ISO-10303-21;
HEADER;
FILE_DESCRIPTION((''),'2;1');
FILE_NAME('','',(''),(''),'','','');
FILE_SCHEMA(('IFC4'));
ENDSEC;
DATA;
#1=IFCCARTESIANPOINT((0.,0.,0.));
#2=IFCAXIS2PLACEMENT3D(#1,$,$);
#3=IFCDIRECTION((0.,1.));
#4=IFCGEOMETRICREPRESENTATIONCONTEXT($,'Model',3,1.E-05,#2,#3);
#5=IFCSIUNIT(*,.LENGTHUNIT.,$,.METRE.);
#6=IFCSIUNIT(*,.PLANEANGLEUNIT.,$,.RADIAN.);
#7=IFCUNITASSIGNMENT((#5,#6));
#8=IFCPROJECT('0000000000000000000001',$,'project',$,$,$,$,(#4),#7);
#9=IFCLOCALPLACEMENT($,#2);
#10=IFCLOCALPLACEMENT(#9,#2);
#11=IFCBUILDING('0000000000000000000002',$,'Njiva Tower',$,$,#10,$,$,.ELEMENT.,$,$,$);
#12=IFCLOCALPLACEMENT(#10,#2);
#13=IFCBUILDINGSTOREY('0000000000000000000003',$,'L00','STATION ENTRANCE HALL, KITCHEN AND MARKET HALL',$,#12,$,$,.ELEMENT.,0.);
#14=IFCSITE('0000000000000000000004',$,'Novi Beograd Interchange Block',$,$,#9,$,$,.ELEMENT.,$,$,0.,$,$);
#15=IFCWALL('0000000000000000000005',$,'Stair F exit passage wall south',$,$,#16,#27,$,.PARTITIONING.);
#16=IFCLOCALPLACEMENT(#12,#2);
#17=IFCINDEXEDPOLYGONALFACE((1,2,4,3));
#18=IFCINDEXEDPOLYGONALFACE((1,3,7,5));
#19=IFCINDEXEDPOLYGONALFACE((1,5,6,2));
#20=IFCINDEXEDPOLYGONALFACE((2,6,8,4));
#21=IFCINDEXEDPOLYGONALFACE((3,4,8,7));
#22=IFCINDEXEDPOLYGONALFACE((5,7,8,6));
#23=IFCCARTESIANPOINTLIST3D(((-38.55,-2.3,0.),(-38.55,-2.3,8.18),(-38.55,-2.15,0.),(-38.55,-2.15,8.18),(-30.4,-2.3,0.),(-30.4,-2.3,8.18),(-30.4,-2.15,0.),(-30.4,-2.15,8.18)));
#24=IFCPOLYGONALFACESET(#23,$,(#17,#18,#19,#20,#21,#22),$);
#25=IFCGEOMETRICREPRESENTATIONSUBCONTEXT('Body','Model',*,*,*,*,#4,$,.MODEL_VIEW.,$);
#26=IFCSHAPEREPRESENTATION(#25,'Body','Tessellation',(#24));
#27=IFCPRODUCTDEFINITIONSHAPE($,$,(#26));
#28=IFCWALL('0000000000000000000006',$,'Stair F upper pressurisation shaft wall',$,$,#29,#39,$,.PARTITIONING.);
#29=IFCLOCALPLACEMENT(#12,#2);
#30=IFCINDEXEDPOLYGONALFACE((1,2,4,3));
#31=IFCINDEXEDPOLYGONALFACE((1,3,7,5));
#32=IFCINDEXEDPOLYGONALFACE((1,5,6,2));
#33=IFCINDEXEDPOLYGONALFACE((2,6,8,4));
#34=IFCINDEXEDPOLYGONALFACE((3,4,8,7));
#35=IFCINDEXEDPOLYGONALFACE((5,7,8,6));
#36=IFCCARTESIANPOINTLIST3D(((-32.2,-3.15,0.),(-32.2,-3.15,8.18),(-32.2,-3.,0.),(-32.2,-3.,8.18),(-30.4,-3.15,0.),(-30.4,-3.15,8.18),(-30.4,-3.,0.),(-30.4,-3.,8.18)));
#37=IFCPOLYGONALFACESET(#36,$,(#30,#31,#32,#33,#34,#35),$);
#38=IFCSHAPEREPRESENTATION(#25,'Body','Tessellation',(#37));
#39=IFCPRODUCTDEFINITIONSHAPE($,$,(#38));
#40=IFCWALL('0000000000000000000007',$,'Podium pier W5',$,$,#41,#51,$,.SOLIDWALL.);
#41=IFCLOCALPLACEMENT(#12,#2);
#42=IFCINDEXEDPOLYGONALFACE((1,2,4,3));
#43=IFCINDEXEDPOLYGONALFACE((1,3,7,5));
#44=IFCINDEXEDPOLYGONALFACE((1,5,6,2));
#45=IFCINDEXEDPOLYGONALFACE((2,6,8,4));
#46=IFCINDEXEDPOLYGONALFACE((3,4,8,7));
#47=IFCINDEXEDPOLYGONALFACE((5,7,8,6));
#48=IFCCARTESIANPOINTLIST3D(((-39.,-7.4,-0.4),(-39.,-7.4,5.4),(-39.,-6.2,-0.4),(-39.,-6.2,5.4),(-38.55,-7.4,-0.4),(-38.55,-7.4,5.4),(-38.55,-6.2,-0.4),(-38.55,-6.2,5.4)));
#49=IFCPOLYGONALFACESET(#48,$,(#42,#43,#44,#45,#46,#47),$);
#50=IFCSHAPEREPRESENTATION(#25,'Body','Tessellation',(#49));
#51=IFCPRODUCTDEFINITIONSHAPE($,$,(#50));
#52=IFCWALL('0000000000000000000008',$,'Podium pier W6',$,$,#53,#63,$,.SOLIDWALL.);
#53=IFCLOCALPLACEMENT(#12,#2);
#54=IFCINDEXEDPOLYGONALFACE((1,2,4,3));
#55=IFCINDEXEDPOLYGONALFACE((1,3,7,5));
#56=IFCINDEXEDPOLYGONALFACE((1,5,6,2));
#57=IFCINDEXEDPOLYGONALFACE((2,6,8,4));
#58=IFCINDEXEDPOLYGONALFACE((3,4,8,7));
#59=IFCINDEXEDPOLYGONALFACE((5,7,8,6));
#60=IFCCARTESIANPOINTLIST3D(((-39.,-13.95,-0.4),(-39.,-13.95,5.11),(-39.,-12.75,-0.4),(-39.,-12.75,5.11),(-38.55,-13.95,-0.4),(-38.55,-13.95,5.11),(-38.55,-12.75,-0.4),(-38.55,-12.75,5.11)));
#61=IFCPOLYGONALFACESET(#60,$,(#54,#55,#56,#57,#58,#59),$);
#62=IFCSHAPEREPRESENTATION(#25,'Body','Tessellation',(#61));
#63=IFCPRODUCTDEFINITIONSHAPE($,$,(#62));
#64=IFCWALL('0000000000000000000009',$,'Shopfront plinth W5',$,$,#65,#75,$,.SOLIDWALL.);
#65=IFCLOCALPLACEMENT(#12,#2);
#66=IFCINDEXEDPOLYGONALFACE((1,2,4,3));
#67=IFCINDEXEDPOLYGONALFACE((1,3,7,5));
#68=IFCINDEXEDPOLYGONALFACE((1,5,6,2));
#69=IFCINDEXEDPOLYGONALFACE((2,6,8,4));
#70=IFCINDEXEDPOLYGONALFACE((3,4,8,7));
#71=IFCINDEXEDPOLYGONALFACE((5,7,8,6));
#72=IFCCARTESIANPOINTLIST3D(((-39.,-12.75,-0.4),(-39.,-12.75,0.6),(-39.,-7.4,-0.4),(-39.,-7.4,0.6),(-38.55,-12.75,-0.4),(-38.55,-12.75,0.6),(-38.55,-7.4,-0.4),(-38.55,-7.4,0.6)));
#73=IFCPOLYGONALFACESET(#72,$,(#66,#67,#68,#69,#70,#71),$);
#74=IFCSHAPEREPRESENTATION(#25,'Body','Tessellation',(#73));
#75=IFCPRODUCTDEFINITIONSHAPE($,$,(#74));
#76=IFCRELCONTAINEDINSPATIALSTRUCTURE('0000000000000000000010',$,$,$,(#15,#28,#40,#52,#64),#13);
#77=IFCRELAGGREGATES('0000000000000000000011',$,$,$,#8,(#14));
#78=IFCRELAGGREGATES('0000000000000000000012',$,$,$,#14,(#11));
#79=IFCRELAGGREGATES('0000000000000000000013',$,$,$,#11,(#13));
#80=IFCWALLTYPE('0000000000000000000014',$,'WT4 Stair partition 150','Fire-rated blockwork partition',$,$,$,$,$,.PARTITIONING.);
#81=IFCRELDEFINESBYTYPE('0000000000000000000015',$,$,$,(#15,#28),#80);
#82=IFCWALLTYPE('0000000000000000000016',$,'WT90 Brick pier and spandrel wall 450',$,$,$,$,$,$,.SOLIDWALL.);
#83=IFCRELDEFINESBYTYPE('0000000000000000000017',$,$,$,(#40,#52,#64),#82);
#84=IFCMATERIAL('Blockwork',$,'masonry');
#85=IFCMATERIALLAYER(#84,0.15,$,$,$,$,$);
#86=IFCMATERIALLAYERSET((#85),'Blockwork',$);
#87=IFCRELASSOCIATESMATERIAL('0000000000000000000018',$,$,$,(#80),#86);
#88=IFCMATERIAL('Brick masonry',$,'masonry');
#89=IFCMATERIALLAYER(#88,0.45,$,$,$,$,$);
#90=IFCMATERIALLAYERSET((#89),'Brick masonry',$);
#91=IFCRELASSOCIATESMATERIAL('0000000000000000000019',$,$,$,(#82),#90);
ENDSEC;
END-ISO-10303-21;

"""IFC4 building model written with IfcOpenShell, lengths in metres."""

from ifc_helpers import new_model, si_unit, direction, frame, frame_2d, origin, place, context, subcontext, project, spatial, polyline, rectangle, outline, extrude, material, layer, layer_set, type_object, element, save


model = new_model("IFC4")

# Units and contexts
model_context = context("Model", 3, precision=1e-05, world=origin(), true_north=direction((0.0, 1.0)))
body_context = subcontext(model_context, "Body", "Model", "MODEL_VIEW")
ifc_project = project(units=[si_unit("LENGTHUNIT", "METRE"), si_unit("PLANEANGLEUNIT", "RADIAN")], contexts=[model_context])

# Site, building, storey
site_placement = place(None, origin())
site = spatial("IfcSite", under=ifc_project, at=site_placement, Name="Novi Beograd Interchange Block", CompositionType="ELEMENT", RefElevation=0.0)
building_placement = place(site_placement, origin())
building = spatial("IfcBuilding", under=site, at=building_placement, Name="Njiva Tower", CompositionType="ELEMENT")
storey_placement = place(building_placement, origin())
storey = spatial("IfcBuildingStorey", under=building, at=storey_placement, Name="L00", Description="STATION ENTRANCE HALL, KITCHEN AND MARKET HALL", CompositionType="ELEMENT", Elevation=0.0)

# Walls
ifc_material_1 = material(Name="Blockwork", Category="masonry")
ifc_layer_1 = layer(ifc_material_1, 0.15)
ifc_layer_set_1 = layer_set([ifc_layer_1], Name="Blockwork")
wall_type_1 = type_object("IfcWallType", Name="WT4 Stair partition 150", Description="Fire-rated blockwork partition", PredefinedType="PARTITIONING", material=ifc_layer_set_1)
wall_1_placement = place(storey_placement, frame((-38.55, -2.225, 0.0), z_axis=(0.0, 0.0, 1.0), x_axis=(1.0, 0.0, 0.0)))
element("IfcWall", 1, at=wall_1_placement, inside=storey, type_object=wall_type_1, Name="Stair F exit passage wall south", PredefinedType="PARTITIONING", context=body_context, shape_type="SweptSolid", body=[
    extrude(rectangle(XDim=8.15, YDim=0.15, at=frame_2d((4.075, 0.0))), origin(), (0.0, 0.0, 1.0), 8.18),
])
wall_2_placement = place(storey_placement, frame((-32.2, -3.075, 0.0), z_axis=(0.0, 0.0, 1.0), x_axis=(1.0, 0.0, 0.0)))
element("IfcWall", 2, at=wall_2_placement, inside=storey, type_object=wall_type_1, Name="Stair F upper pressurisation shaft wall", PredefinedType="PARTITIONING", context=body_context, shape_type="SweptSolid", body=[
    extrude(rectangle(XDim=1.8, YDim=0.15, at=frame_2d((0.9, 0.0))), origin(), (0.0, 0.0, 1.0), 8.18),
])
ifc_material_2 = material(Name="Brick masonry", Category="masonry")
ifc_layer_2 = layer(ifc_material_2, 0.45)
ifc_layer_set_2 = layer_set([ifc_layer_2], Name="Brick masonry")
wall_type_2 = type_object("IfcWallType", Name="WT90 Brick pier and spandrel wall 450", PredefinedType="SOLIDWALL", material=ifc_layer_set_2)
wall_3_placement = place(storey_placement, frame((-38.775, -6.2, -0.4), z_axis=(0.0, 0.0, 1.0), x_axis=(0.0, -1.0, 0.0)))
element("IfcWall", 3, at=wall_3_placement, inside=storey, type_object=wall_type_2, Name="Podium pier W5", PredefinedType="SOLIDWALL", context=body_context, shape_type="SweptSolid", body=[
    extrude(outline(polyline([(0.0, -0.225), (1.2, -0.225), (1.2, 0.225), (0.0, 0.225), (0.0, -0.225)])), origin(), (0.0, 0.0, 1.0), 5.8),
])
wall_4_placement = place(storey_placement, frame((-38.775, -12.75, -0.4), z_axis=(0.0, 0.0, 1.0), x_axis=(0.0, -1.0, 0.0)))
element("IfcWall", 4, at=wall_4_placement, inside=storey, type_object=wall_type_2, Name="Podium pier W6", PredefinedType="SOLIDWALL", context=body_context, shape_type="SweptSolid", body=[
    extrude(outline(polyline([(0.0, -0.225), (1.2, -0.225), (1.2, 0.225), (0.0, 0.225), (0.0, -0.225)])), origin(), (0.0, 0.0, 1.0), 5.51),
])
wall_5_placement = place(storey_placement, frame((-38.775, -7.4, -0.4), z_axis=(0.0, 0.0, 1.0), x_axis=(0.0, -1.0, 0.0)))
element("IfcWall", 5, at=wall_5_placement, inside=storey, type_object=wall_type_2, Name="Shopfront plinth W5", PredefinedType="SOLIDWALL", context=body_context, shape_type="SweptSolid", body=[
    extrude(outline(polyline([(0.0, -0.225), (5.35, -0.225), (5.35, 0.225), (0.0, 0.225), (0.0, -0.225)])), origin(), (0.0, 0.0, 1.0), 1.0),
])

save(model, "model.ifc")
